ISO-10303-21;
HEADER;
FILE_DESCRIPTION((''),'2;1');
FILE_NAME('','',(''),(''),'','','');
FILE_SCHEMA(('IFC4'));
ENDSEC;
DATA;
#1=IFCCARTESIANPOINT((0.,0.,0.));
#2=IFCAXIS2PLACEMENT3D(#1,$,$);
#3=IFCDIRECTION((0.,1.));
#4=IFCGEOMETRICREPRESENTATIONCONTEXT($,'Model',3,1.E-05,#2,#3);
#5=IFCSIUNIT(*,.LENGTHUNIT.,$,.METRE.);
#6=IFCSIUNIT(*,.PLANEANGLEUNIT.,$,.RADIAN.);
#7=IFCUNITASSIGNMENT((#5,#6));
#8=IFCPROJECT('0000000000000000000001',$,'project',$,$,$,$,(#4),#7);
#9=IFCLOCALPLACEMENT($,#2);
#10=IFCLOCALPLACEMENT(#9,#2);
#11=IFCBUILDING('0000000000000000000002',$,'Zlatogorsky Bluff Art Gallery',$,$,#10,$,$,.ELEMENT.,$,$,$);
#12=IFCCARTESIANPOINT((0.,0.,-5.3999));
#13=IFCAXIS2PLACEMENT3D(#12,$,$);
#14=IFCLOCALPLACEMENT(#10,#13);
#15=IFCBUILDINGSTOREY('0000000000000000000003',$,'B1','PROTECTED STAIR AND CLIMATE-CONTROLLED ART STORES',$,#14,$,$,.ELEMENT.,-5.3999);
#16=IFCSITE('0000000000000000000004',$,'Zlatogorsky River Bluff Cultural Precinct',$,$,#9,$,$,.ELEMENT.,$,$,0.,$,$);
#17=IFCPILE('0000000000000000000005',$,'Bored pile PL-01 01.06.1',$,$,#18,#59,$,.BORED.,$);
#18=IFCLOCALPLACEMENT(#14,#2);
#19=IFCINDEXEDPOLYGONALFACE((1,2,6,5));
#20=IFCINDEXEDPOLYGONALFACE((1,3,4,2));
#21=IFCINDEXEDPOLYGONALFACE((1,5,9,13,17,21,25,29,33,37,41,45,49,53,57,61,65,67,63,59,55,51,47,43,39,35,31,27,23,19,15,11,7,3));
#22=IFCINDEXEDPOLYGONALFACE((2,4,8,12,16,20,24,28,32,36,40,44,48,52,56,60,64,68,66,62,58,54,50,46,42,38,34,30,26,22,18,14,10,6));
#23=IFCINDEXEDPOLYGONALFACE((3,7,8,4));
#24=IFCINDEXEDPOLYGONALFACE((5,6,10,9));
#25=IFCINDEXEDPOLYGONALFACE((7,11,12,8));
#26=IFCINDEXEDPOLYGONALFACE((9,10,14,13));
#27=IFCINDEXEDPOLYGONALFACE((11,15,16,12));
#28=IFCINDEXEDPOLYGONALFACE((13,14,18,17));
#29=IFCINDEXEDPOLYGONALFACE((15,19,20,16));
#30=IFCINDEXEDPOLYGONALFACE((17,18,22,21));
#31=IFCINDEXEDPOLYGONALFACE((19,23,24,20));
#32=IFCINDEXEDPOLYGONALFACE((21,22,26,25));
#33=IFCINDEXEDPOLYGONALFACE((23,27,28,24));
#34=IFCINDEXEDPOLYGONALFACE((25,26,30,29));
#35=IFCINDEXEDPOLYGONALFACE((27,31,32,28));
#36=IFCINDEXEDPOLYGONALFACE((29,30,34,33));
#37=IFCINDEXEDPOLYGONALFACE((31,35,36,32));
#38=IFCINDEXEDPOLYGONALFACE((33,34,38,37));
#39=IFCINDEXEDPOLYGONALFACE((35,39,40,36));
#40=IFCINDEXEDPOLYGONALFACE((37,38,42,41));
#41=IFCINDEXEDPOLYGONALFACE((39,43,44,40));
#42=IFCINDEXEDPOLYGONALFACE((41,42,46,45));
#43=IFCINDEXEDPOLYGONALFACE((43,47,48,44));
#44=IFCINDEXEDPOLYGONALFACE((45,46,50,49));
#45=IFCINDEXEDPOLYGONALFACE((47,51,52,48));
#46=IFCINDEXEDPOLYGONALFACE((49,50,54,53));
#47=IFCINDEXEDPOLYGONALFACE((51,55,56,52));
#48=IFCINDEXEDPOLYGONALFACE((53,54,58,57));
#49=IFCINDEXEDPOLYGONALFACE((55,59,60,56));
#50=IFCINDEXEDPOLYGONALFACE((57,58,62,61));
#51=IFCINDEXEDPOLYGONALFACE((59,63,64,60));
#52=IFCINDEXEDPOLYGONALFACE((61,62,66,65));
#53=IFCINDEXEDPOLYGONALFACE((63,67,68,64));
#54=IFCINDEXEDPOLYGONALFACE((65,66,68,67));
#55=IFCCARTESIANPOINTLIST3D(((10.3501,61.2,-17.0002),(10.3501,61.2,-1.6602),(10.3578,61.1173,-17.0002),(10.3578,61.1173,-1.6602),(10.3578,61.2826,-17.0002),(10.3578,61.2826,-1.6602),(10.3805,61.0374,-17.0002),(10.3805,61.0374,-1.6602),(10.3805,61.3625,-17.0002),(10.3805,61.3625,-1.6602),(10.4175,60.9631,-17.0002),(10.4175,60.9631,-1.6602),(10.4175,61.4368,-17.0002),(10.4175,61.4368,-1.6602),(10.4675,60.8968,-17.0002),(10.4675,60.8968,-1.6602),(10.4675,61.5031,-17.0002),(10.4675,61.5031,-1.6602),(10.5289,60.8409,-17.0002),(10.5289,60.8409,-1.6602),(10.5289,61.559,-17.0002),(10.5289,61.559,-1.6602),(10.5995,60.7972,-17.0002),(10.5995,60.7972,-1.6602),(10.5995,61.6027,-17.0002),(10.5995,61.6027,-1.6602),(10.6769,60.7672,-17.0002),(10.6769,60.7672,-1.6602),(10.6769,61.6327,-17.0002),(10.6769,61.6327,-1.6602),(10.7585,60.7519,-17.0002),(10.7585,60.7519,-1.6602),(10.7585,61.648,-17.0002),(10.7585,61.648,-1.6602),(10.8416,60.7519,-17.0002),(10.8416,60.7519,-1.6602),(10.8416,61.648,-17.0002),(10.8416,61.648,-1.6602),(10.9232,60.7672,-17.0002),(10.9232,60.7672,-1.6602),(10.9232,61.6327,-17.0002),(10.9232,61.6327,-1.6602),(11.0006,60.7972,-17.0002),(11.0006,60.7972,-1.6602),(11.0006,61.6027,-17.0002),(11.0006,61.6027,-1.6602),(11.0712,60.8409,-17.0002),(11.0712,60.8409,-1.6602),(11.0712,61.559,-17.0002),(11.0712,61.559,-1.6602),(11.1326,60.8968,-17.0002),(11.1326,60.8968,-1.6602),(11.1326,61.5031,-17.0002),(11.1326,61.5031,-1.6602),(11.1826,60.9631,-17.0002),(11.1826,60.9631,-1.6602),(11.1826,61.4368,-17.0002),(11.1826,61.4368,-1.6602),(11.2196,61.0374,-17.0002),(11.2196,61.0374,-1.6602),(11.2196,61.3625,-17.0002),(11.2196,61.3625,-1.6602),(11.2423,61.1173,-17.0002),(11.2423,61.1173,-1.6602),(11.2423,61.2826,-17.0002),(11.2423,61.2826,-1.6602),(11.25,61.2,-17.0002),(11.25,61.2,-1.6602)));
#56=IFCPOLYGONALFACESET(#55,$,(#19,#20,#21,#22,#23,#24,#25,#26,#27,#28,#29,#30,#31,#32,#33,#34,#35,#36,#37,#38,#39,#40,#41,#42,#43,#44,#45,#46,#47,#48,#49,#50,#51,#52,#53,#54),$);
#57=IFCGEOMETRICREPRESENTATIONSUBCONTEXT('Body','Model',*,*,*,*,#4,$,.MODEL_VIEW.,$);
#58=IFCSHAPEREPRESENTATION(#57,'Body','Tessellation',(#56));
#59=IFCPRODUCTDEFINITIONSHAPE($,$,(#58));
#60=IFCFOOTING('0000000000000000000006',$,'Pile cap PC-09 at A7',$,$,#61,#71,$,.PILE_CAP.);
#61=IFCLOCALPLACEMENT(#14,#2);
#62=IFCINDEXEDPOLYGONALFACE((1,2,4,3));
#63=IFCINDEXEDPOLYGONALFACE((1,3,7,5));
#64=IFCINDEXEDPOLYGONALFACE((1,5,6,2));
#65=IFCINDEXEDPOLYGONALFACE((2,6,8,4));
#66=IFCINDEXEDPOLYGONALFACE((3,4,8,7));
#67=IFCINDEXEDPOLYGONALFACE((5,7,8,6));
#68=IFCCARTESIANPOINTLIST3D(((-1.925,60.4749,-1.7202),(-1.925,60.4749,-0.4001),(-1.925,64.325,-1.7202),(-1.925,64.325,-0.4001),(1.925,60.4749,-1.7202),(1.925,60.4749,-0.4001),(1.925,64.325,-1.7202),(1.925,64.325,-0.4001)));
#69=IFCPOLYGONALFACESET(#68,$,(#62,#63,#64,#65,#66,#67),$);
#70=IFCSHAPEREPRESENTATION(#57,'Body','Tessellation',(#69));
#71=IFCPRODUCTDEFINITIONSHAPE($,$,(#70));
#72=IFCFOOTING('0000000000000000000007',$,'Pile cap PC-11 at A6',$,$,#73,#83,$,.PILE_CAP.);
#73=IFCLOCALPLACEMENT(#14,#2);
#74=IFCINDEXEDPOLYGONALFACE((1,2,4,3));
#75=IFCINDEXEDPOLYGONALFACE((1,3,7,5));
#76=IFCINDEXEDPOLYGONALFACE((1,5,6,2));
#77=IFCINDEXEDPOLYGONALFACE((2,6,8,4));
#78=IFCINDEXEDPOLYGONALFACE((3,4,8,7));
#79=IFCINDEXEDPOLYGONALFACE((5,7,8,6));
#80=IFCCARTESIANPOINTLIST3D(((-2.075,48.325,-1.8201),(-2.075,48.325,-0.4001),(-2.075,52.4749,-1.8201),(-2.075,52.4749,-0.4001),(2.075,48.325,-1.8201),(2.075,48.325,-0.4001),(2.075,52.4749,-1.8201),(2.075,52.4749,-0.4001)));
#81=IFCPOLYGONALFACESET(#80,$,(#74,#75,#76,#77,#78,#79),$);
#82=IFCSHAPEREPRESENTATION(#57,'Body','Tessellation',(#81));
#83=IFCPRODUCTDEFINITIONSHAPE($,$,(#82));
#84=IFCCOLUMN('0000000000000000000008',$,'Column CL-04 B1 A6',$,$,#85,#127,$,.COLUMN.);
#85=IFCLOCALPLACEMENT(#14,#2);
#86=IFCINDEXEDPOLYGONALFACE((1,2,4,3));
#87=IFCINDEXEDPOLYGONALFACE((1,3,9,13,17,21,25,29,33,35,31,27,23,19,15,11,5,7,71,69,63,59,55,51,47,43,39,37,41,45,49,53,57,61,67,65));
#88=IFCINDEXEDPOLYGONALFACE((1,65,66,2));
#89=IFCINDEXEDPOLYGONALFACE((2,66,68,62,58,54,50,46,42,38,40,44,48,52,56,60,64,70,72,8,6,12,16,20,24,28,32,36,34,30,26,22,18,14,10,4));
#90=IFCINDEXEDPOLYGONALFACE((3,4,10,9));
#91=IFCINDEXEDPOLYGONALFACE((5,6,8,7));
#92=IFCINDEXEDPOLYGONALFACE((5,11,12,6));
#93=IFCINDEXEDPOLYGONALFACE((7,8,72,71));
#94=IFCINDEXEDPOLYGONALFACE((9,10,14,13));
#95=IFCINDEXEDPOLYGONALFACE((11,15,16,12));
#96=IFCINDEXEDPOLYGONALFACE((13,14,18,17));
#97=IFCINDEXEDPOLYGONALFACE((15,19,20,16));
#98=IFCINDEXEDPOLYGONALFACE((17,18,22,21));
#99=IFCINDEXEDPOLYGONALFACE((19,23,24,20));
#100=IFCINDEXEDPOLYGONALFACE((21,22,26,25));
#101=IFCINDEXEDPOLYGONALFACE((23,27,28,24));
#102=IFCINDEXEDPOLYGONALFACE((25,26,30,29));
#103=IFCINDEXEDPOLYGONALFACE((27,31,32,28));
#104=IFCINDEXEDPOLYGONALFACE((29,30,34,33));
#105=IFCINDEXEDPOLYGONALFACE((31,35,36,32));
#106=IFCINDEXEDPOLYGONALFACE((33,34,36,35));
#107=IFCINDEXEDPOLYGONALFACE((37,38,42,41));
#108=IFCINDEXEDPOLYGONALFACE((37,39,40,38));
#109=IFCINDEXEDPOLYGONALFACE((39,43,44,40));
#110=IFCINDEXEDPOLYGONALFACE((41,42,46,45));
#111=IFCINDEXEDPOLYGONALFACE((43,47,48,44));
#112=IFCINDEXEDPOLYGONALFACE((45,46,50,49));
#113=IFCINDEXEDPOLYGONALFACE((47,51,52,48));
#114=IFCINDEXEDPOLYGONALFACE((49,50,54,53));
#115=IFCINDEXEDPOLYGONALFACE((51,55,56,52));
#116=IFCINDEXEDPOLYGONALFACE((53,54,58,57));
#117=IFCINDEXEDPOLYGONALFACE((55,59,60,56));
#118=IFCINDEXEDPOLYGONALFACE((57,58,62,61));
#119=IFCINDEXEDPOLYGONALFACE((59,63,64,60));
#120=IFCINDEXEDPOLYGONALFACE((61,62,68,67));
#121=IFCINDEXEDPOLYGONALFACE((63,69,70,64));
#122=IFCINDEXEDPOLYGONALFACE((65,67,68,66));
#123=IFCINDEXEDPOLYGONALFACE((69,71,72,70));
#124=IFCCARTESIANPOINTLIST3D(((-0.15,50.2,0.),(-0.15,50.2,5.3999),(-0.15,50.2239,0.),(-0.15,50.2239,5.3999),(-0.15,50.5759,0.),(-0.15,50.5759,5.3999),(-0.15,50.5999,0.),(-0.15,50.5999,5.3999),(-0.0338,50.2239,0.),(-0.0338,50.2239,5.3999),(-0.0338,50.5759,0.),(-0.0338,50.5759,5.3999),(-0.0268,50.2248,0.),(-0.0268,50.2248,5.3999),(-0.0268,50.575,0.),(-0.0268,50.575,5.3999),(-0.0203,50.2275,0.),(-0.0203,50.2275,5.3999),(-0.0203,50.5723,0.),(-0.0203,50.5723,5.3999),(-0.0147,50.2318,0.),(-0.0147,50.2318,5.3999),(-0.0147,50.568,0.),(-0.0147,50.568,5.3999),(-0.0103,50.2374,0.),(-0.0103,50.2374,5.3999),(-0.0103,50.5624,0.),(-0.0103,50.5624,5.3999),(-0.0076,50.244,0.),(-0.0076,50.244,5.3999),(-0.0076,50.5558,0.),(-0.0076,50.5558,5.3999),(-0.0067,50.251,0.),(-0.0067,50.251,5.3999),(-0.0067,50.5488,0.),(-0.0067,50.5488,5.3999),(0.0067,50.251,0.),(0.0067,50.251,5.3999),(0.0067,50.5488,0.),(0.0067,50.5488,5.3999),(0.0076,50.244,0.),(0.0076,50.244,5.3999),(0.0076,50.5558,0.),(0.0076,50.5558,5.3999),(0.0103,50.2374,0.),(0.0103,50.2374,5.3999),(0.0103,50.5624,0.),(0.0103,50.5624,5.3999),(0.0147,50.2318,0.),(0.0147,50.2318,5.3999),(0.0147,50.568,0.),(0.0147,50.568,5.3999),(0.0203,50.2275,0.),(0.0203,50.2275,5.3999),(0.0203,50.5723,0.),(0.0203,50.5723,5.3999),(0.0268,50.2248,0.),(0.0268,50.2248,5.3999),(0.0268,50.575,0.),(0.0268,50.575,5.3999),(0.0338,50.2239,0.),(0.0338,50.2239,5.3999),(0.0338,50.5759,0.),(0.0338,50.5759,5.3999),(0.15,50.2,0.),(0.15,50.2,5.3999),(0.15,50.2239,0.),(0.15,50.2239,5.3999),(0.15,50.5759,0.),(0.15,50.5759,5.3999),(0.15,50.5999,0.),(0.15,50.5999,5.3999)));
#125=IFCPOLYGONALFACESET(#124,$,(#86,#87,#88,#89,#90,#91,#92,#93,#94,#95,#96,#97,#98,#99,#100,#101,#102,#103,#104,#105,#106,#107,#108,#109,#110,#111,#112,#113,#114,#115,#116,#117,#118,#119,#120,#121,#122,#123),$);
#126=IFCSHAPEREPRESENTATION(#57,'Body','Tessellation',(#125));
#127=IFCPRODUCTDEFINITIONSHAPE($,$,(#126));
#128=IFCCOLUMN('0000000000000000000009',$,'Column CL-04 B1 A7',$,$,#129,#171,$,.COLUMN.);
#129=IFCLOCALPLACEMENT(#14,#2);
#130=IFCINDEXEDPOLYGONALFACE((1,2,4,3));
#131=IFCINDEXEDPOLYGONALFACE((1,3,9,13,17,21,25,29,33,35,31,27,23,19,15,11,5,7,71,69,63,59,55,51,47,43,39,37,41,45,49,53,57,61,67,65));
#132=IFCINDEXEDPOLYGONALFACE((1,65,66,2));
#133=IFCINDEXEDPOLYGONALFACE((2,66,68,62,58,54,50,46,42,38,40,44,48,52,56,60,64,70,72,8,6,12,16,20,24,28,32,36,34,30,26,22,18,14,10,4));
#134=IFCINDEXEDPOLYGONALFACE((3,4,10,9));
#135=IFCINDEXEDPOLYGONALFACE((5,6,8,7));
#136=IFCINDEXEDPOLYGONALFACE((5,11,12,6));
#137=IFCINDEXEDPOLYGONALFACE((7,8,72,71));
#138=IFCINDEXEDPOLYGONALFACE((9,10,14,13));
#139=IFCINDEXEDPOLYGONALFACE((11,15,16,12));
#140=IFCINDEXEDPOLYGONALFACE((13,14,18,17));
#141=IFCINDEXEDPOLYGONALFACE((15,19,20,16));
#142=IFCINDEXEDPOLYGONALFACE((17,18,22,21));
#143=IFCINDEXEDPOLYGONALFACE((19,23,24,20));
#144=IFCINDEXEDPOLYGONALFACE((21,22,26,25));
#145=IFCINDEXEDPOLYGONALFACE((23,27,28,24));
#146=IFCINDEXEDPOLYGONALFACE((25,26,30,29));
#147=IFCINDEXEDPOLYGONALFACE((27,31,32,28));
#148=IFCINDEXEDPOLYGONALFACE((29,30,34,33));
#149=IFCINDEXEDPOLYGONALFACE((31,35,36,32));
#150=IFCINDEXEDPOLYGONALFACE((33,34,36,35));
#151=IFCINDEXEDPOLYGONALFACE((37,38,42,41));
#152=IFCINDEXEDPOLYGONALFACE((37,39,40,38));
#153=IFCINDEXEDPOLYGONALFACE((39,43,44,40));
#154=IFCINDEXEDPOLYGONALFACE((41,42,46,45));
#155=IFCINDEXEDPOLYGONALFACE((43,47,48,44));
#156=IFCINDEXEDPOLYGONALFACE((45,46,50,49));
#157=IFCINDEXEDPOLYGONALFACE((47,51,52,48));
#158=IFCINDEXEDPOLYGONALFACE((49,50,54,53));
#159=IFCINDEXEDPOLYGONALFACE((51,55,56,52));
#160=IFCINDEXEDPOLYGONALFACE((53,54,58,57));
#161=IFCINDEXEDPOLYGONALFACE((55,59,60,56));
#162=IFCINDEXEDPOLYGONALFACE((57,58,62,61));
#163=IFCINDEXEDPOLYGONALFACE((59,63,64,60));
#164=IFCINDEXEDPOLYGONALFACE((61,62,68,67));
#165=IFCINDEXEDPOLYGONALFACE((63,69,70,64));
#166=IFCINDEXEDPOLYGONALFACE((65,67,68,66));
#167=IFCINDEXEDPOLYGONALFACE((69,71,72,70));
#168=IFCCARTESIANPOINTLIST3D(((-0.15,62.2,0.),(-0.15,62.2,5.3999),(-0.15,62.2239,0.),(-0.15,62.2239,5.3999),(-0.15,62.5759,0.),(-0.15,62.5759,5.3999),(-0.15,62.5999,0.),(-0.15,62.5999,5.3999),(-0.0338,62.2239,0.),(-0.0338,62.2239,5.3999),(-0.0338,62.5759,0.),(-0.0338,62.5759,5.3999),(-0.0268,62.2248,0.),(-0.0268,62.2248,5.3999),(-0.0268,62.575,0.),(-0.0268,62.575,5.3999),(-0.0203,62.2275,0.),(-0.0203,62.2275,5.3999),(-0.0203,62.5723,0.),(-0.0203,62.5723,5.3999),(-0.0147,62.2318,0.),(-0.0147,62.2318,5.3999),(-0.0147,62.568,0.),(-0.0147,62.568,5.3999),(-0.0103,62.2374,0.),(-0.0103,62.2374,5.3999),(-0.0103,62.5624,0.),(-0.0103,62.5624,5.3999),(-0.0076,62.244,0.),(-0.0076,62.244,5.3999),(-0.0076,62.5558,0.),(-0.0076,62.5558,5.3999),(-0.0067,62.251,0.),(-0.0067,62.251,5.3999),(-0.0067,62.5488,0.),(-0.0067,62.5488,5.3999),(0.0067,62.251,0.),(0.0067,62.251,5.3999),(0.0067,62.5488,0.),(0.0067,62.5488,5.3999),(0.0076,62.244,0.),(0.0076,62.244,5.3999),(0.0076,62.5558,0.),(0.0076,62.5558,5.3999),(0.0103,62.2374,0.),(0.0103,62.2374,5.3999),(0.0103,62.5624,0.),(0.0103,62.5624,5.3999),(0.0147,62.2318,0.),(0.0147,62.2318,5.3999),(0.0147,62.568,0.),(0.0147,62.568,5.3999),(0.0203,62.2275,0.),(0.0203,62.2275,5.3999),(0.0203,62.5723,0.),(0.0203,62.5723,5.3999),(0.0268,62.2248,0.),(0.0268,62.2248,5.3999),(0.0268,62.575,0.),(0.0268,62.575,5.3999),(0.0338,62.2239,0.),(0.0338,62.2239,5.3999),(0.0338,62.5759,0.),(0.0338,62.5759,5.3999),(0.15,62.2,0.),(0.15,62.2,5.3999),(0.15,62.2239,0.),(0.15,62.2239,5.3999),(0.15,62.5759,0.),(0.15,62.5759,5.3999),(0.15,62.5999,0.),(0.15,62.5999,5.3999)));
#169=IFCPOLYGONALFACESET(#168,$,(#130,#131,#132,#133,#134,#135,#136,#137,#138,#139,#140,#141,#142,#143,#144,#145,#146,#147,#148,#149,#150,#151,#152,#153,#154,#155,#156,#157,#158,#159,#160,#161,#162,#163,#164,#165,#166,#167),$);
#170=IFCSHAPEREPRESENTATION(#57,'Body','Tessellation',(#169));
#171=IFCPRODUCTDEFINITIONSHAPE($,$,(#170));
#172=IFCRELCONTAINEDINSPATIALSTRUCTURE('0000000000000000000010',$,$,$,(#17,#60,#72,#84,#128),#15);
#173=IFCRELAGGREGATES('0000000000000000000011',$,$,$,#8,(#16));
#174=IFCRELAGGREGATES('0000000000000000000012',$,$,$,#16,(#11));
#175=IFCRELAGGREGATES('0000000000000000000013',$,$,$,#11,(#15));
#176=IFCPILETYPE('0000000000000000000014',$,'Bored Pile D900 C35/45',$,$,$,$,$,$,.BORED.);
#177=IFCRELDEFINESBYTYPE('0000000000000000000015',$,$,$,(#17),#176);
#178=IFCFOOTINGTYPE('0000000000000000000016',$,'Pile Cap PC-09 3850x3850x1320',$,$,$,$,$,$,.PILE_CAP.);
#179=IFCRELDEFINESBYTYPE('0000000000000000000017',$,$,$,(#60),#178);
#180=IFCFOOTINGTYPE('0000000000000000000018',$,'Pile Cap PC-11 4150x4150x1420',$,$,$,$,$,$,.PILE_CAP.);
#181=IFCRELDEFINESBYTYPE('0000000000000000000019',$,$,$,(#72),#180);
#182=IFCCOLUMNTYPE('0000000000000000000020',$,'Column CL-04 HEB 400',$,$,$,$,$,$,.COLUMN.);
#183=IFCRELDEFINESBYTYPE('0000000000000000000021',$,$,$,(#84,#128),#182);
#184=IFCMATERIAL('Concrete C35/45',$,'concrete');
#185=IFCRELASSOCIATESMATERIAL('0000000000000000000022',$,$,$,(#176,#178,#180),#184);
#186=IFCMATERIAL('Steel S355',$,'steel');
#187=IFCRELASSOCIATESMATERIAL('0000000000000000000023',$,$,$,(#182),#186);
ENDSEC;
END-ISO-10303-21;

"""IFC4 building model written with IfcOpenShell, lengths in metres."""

from ifc_helpers import new_model, si_unit, direction, frame, origin, origin_2d, place, context, subcontext, project, spatial, rectangle, circle, i_section, extrude, material, material_profile, profile_set, type_object, element, save


model = new_model("IFC4")

# Units and contexts
model_context = context("Model", 3, precision=1e-05, world=origin(), true_north=direction((0.0, 1.0)))
body_context = subcontext(model_context, "Body", "Model", "MODEL_VIEW")
ifc_project = project(units=[si_unit("LENGTHUNIT", "METRE"), si_unit("PLANEANGLEUNIT", "RADIAN")], contexts=[model_context])

# Site, building, storey
site_placement = place(None, origin())
site = spatial("IfcSite", under=ifc_project, at=site_placement, Name="Zlatogorsky River Bluff Cultural Precinct", CompositionType="ELEMENT", RefElevation=0.0)
building_placement = place(site_placement, origin())
building = spatial("IfcBuilding", under=site, at=building_placement, Name="Zlatogorsky Bluff Art Gallery", CompositionType="ELEMENT")
storey_placement = place(building_placement, frame((0.0, 0.0, -5.3999)))
storey = spatial("IfcBuildingStorey", under=building, at=storey_placement, Name="B1", Description="PROTECTED STAIR AND CLIMATE-CONTROLLED ART STORES", CompositionType="ELEMENT", Elevation=-5.3999)

# Pile
ifc_material_1 = material(Name="Concrete C35/45", Category="concrete")
ifc_material_profile_1 = material_profile(ifc_material_1, circle(Radius=0.45, at=origin_2d()), Name="BORED PILE D900")
ifc_profile_set_1 = profile_set([ifc_material_profile_1], Name="Concrete C35/45")
pile_type = type_object("IfcPileType", Name="Bored Pile D900 C35/45", PredefinedType="BORED", material=ifc_profile_set_1)
pile_placement = place(storey_placement, frame((10.8, 61.2, -1.6602), z_axis=(0.0, 0.0, -1.0), x_axis=(1.0, 0.0, 0.0)))
element("IfcPile", 1, at=pile_placement, inside=storey, type_object=pile_type, Name="Bored pile PL-01 01.06.1", PredefinedType="BORED", context=body_context, shape_type="SweptSolid", body=[
    extrude(circle(Radius=0.45, at=origin_2d()), origin(), (0.0, 0.0, 1.0), 15.3401),
])

# Footings
footing_type_1 = type_object("IfcFootingType", Name="Pile Cap PC-09 3850x3850x1320", PredefinedType="PILE_CAP", material=ifc_material_1)
footing_1_placement = place(storey_placement, frame((0.0, 62.3999, -1.7202), z_axis=(0.0, 0.0, 1.0), x_axis=(1.0, 0.0, 0.0)))
element("IfcFooting", 2, at=footing_1_placement, inside=storey, type_object=footing_type_1, Name="Pile cap PC-09 at A7", PredefinedType="PILE_CAP", context=body_context, shape_type="SweptSolid", body=[
    extrude(rectangle(XDim=3.8501, YDim=3.8501, at=origin_2d()), origin(), (0.0, 0.0, 1.0), 1.3201),
])
footing_type_2 = type_object("IfcFootingType", Name="Pile Cap PC-11 4150x4150x1420", PredefinedType="PILE_CAP", material=ifc_material_1)
footing_2_placement = place(storey_placement, frame((0.0, 50.3999, -1.8201), z_axis=(0.0, 0.0, 1.0), x_axis=(1.0, 0.0, 0.0)))
element("IfcFooting", 3, at=footing_2_placement, inside=storey, type_object=footing_type_2, Name="Pile cap PC-11 at A6", PredefinedType="PILE_CAP", context=body_context, shape_type="SweptSolid", body=[
    extrude(rectangle(XDim=4.1499, YDim=4.1499, at=origin_2d()), origin(), (0.0, 0.0, 1.0), 1.4199),
])

# Columns
ifc_material_2 = material(Name="Steel S355", Category="steel")
ifc_material_profile_2 = material_profile(ifc_material_2, i_section(OverallWidth=0.3, OverallDepth=0.3999, WebThickness=0.0134, FlangeThickness=0.0239, FilletRadius=0.0271, at=origin_2d()), Name="HEB 400")
ifc_profile_set_2 = profile_set([ifc_material_profile_2], Name="Steel S355")
column_type = type_object("IfcColumnType", Name="Column CL-04 HEB 400", PredefinedType="COLUMN", material=ifc_profile_set_2)
for number, where, z_axis, x_axis, name in (
    (4, (0.0, 50.3999, 0.0), (0.0, 0.0, 1.0), (1.0, 0.0, 0.0), "Column CL-04 B1 A6"),
    (5, (0.0, 62.3999, 0.0), (0.0, 0.0, 1.0), (1.0, 0.0, 0.0), "Column CL-04 B1 A7"),
):
    element("IfcColumn", number, at=place(storey_placement, frame(where, z_axis=z_axis, x_axis=x_axis)), inside=storey, type_object=column_type, Name=name, PredefinedType="COLUMN", context=body_context, shape_type="SweptSolid", body=[
        extrude(i_section(OverallWidth=0.3, OverallDepth=0.3999, WebThickness=0.0134, FlangeThickness=0.0239, FilletRadius=0.0271, at=origin_2d()), origin(), (0.0, 0.0, 1.0), 5.3999),
    ])

save(model, "model.ifc")
